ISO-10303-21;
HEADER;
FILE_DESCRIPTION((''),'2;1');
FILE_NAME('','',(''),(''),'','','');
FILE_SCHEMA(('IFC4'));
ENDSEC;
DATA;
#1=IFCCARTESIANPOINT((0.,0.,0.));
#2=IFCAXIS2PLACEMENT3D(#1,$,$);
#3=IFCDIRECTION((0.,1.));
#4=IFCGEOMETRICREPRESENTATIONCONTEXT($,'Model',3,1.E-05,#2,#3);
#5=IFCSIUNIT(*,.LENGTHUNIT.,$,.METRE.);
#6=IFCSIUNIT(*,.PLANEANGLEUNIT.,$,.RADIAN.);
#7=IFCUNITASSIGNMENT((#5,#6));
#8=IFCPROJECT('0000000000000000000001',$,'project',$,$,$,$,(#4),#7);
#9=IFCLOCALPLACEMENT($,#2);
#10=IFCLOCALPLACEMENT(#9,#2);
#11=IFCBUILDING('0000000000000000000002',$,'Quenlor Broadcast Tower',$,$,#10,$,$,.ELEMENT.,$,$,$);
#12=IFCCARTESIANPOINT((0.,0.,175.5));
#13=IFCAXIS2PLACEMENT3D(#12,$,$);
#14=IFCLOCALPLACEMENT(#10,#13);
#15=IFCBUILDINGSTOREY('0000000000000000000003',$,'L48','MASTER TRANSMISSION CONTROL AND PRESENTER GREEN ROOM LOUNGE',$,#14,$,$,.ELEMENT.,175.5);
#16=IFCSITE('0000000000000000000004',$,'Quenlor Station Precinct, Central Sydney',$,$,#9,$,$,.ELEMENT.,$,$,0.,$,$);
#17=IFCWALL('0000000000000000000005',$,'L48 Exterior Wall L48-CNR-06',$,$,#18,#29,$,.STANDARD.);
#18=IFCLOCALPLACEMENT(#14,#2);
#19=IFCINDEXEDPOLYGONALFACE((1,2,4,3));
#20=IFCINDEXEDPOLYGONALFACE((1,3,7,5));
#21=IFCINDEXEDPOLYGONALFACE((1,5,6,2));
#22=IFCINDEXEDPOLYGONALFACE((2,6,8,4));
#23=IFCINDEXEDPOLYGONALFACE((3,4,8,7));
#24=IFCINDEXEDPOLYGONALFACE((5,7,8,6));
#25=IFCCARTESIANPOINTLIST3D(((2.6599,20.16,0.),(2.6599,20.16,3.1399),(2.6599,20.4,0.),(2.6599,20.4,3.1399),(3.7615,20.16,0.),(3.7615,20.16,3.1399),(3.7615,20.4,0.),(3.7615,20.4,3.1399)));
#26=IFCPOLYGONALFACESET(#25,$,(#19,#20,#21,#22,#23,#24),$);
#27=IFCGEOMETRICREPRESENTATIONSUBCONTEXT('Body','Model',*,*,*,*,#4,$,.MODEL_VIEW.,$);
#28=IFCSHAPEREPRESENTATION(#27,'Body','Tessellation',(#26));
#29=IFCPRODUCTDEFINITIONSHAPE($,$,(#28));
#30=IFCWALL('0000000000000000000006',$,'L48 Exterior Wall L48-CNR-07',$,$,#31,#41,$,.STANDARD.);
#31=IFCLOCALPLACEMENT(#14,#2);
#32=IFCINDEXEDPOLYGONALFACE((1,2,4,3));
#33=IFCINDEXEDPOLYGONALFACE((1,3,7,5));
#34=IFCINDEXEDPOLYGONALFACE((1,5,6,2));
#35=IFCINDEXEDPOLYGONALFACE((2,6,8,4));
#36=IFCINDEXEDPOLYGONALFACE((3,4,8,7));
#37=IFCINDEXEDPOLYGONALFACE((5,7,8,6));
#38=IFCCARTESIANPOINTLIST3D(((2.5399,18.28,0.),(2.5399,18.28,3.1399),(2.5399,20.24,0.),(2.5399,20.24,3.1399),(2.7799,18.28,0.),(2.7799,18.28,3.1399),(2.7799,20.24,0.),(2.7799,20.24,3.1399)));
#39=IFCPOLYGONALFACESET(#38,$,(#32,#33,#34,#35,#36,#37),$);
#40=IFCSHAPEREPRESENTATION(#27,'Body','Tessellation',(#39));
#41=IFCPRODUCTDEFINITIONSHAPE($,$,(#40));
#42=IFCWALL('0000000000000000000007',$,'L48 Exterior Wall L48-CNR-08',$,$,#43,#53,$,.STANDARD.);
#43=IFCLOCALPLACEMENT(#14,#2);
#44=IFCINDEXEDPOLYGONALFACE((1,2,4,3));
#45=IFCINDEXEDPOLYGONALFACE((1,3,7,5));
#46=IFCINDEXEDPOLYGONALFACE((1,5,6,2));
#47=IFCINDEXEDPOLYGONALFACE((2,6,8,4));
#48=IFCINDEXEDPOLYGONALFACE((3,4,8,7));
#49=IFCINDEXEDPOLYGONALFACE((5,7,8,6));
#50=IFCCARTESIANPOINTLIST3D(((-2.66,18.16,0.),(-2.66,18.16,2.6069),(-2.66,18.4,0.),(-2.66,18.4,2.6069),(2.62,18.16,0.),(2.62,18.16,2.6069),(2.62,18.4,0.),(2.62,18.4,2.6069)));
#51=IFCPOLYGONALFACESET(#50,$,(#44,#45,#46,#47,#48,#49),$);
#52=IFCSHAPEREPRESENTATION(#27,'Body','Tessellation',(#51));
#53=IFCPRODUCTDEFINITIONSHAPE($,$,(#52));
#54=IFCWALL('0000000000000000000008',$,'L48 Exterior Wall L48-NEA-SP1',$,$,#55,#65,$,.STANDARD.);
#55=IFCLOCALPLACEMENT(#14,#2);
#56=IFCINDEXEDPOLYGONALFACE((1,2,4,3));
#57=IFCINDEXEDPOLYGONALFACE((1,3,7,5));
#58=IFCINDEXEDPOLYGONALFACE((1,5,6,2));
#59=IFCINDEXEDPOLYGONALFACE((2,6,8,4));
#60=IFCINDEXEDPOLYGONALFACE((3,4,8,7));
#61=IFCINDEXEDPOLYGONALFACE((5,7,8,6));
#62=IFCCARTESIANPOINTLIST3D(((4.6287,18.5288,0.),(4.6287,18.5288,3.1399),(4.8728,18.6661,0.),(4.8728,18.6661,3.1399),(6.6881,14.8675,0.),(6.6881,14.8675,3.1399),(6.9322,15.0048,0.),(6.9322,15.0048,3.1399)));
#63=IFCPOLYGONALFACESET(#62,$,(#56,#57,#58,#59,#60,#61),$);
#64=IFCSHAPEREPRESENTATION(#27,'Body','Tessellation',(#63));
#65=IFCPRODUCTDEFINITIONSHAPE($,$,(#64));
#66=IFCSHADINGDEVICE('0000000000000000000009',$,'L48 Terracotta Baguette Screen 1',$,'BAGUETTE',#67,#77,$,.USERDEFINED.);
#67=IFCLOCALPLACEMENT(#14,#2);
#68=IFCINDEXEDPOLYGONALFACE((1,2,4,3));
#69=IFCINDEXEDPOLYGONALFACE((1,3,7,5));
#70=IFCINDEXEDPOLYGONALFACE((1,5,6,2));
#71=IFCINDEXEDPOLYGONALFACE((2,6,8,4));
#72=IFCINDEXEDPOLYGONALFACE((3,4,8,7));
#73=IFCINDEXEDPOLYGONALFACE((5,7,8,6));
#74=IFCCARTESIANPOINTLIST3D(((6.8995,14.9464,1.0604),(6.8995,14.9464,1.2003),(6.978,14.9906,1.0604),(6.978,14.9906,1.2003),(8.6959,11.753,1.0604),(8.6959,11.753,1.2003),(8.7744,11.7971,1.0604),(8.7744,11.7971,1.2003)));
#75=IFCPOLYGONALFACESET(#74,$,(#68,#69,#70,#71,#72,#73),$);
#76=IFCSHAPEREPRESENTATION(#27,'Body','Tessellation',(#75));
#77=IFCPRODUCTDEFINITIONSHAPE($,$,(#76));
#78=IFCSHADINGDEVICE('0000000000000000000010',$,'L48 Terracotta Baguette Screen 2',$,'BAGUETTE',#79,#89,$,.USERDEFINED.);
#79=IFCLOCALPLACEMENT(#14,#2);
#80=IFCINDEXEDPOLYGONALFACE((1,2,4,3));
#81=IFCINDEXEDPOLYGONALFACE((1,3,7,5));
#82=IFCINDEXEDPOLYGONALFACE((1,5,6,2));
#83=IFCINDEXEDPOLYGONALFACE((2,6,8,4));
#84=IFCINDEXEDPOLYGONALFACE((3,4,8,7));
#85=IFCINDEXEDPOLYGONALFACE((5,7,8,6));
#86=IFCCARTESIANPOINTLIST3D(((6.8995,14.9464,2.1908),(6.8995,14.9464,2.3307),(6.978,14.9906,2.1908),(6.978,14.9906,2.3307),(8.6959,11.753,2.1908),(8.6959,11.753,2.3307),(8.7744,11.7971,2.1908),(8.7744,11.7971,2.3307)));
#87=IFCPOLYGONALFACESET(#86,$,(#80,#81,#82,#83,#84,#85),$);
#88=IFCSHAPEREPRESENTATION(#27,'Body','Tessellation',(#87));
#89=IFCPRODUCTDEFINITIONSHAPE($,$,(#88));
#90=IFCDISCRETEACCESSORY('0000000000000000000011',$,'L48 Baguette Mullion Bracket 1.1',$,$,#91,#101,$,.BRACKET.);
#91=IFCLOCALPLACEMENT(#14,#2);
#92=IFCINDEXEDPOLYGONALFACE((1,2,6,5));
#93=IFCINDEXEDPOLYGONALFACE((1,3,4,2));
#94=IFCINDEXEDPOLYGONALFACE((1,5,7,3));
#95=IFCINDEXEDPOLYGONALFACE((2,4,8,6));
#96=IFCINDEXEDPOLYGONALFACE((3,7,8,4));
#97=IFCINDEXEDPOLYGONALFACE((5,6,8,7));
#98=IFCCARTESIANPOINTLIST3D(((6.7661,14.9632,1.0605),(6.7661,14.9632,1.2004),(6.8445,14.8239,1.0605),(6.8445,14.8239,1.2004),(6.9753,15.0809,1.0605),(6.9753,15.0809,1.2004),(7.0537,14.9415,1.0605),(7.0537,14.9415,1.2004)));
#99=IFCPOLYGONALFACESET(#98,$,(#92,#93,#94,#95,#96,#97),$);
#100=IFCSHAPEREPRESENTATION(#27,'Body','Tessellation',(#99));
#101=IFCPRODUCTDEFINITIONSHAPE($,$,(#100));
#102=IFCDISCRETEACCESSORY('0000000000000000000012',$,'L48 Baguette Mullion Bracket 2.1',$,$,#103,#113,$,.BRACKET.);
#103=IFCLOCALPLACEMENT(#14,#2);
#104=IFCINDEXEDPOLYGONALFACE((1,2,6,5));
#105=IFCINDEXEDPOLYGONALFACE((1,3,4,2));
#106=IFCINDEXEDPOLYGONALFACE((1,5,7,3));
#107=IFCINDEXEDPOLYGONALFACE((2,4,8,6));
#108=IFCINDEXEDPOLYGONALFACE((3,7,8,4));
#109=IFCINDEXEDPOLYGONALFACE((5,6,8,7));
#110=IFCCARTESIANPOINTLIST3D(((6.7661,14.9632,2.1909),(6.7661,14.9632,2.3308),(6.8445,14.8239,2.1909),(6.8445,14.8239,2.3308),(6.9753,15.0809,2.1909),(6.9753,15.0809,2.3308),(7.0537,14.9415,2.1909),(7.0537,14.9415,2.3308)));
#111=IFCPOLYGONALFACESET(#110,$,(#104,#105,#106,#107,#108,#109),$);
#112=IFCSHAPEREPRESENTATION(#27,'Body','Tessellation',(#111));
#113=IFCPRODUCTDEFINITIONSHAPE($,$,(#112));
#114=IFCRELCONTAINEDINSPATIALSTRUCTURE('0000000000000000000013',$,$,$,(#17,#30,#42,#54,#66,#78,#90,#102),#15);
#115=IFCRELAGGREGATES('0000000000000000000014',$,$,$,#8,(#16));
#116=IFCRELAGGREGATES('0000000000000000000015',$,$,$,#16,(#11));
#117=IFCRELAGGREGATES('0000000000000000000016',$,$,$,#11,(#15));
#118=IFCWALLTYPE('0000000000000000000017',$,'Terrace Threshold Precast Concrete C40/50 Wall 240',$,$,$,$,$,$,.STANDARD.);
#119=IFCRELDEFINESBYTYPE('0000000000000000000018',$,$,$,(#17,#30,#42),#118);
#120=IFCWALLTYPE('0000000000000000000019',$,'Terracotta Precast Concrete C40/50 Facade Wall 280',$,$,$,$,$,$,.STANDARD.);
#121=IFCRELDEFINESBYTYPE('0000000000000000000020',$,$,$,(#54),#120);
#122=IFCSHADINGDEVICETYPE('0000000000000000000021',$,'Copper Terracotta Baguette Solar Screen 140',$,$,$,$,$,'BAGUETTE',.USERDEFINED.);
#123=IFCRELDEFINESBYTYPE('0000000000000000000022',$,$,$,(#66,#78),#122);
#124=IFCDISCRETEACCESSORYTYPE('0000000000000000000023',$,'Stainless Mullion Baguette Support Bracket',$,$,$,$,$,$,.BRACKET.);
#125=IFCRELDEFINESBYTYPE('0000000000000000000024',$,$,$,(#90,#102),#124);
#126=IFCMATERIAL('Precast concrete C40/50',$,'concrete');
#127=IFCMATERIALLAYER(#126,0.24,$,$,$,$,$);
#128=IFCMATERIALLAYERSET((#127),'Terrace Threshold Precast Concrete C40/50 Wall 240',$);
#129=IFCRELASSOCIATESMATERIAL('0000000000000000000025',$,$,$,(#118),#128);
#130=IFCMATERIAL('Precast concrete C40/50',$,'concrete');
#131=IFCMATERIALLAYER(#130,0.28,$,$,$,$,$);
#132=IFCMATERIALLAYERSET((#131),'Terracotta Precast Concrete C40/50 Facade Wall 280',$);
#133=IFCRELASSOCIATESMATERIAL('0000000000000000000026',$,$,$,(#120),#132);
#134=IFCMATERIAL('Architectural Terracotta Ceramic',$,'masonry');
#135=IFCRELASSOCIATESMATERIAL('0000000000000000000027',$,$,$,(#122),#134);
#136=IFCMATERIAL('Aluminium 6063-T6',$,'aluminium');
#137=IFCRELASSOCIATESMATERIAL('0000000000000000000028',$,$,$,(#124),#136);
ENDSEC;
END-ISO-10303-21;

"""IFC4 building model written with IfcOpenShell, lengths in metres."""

from ifc_helpers import new_model, si_unit, direction, frame, frame_2d, origin, origin_2d, place, context, subcontext, project, spatial, rectangle, extrude, material, layer, layer_set, material_profile, profile_set, type_object, element, save


model = new_model("IFC4")

# Units and contexts
model_context = context("Model", 3, precision=1e-05, world=origin(), true_north=direction((0.0, 1.0)))
body_context = subcontext(model_context, "Body", "Model", "MODEL_VIEW")
ifc_project = project(units=[si_unit("LENGTHUNIT", "METRE"), si_unit("PLANEANGLEUNIT", "RADIAN")], contexts=[model_context])

# Site, building, storey
site_placement = place(None, origin())
site = spatial("IfcSite", under=ifc_project, at=site_placement, Name="Quenlor Station Precinct, Central Sydney", CompositionType="ELEMENT", RefElevation=0.0)
building_placement = place(site_placement, origin())
building = spatial("IfcBuilding", under=site, at=building_placement, Name="Quenlor Broadcast Tower", CompositionType="ELEMENT")
storey_placement = place(building_placement, frame((0.0, 0.0, 175.5)))
storey = spatial("IfcBuildingStorey", under=building, at=storey_placement, Name="L48", Description="MASTER TRANSMISSION CONTROL AND PRESENTER GREEN ROOM LOUNGE", CompositionType="ELEMENT", Elevation=175.5)

# Walls
ifc_material_1 = material(Name="Precast concrete C40/50", Category="concrete")
ifc_layer_1 = layer(ifc_material_1, 0.24)
ifc_layer_set_1 = layer_set([ifc_layer_1], Name="Terrace Threshold Precast Concrete C40/50 Wall 240")
wall_type_1 = type_object("IfcWallType", Name="Terrace Threshold Precast Concrete C40/50 Wall 240", PredefinedType="STANDARD", material=ifc_layer_set_1)
wall_1_placement = place(storey_placement, frame((3.7615, 20.28, 0.0), z_axis=(0.0, 0.0, 1.0), x_axis=(-1.0, 0.0, 0.0)))
element("IfcWall", 1, at=wall_1_placement, inside=storey, type_object=wall_type_1, Name="L48 Exterior Wall L48-CNR-06", PredefinedType="STANDARD", context=body_context, shape_type="SweptSolid", body=[
    extrude(rectangle(XDim=1.1016, YDim=0.24, at=frame_2d((0.5508, 0.0))), origin(), (0.0, 0.0, 1.0), 3.1399),
])
wall_2_placement = place(storey_placement, frame((2.6599, 20.24, 0.0), z_axis=(0.0, 0.0, 1.0), x_axis=(0.0, -1.0, 0.0)))
element("IfcWall", 2, at=wall_2_placement, inside=storey, type_object=wall_type_1, Name="L48 Exterior Wall L48-CNR-07", PredefinedType="STANDARD", context=body_context, shape_type="SweptSolid", body=[
    extrude(rectangle(XDim=1.96, YDim=0.24, at=frame_2d((0.98, 0.0))), origin(), (0.0, 0.0, 1.0), 3.1399),
])
wall_3_placement = place(storey_placement, frame((2.6201, 18.28, 0.0), z_axis=(0.0, 0.0, 1.0), x_axis=(-1.0, 0.0, 0.0)))
element("IfcWall", 3, at=wall_3_placement, inside=storey, type_object=wall_type_1, Name="L48 Exterior Wall L48-CNR-08", PredefinedType="STANDARD", context=body_context, shape_type="SweptSolid", body=[
    extrude(rectangle(XDim=5.28, YDim=0.24, at=frame_2d((2.6401, 0.0))), origin(), (0.0, 0.0, 1.0), 2.6069),
])
ifc_material_2 = material(Name="Precast concrete C40/50", Category="concrete")
ifc_layer_2 = layer(ifc_material_2, 0.28)
ifc_layer_set_2 = layer_set([ifc_layer_2], Name="Terracotta Precast Concrete C40/50 Facade Wall 280")
wall_type_2 = type_object("IfcWallType", Name="Terracotta Precast Concrete C40/50 Facade Wall 280", PredefinedType="STANDARD", material=ifc_layer_set_2)
wall_4_placement = place(storey_placement, frame((4.7507, 18.5974, 0.0), z_axis=(0.0, 0.0, 1.0), x_axis=(0.49025, -0.871582, 0.0)))
element("IfcWall", 4, at=wall_4_placement, inside=storey, type_object=wall_type_2, Name="L48 Exterior Wall L48-NEA-SP1", PredefinedType="STANDARD", context=body_context, shape_type="SweptSolid", body=[
    extrude(rectangle(XDim=4.2007, YDim=0.28, at=frame_2d((2.1003, 0.0))), origin(), (0.0, 0.0, 1.0), 3.1399),
])

# Shading devices
ifc_material_3 = material(Name="Architectural Terracotta Ceramic", Category="masonry")
ifc_material_profile_1 = material_profile(ifc_material_3, rectangle(XDim=0.0901, YDim=0.1399, at=origin_2d()))
ifc_profile_set_1 = profile_set([ifc_material_profile_1], Name="Architectural Terracotta Ceramic BAG90x140")
shading_device_type = type_object("IfcShadingDeviceType", Name="Copper Terracotta Baguette Solar Screen 140", ElementType="BAGUETTE", PredefinedType="USERDEFINED", material=ifc_profile_set_1)
for number, where, z_axis, x_axis, name in (
    (5, (6.9387, 14.9685, 1.1304), (0.490287, -0.871561, 0.0), (0.871561, 0.490287, 0.0), "L48 Terracotta Baguette Screen 1"),
    (6, (6.9387, 14.9685, 2.2607), (0.490287, -0.871561, 0.0), (0.871561, 0.490287, 0.0), "L48 Terracotta Baguette Screen 2"),
):
    element("IfcShadingDevice", number, at=place(storey_placement, frame(where, z_axis=z_axis, x_axis=x_axis)), inside=storey, type_object=shading_device_type, Name=name, ObjectType="BAGUETTE", PredefinedType="USERDEFINED", context=body_context, shape_type="SweptSolid", body=[
        extrude(rectangle(XDim=0.0901, YDim=0.1399, at=origin_2d()), origin(), (0.0, 0.0, 1.0), 3.6641),
    ])

# Discrete accessories
ifc_material_4 = material(Name="Aluminium 6063-T6", Category="aluminium")
discrete_accessory_type = type_object("IfcDiscreteAccessoryType", Name="Stainless Mullion Baguette Support Bracket", PredefinedType="BRACKET", material=ifc_material_4)
for number, where, z_axis, x_axis, name in (
    (7, (6.9099, 14.9524, 1.0605), (0.0, 0.0, 1.0), (0.49027, -0.871571, 0.0), "L48 Baguette Mullion Bracket 1.1"),
    (8, (6.9099, 14.9524, 2.1909), (0.0, 0.0, 1.0), (0.49027, -0.871571, 0.0), "L48 Baguette Mullion Bracket 2.1"),
):
    element("IfcDiscreteAccessory", number, at=place(storey_placement, frame(where, z_axis=z_axis, x_axis=x_axis)), inside=storey, type_object=discrete_accessory_type, Name=name, PredefinedType="BRACKET", context=body_context, shape_type="SweptSolid", body=[
        extrude(rectangle(XDim=0.1599, YDim=0.24, at=origin_2d()), origin(), (0.0, 0.0, 1.0), 0.1399),
    ])

save(model, "model.ifc")
